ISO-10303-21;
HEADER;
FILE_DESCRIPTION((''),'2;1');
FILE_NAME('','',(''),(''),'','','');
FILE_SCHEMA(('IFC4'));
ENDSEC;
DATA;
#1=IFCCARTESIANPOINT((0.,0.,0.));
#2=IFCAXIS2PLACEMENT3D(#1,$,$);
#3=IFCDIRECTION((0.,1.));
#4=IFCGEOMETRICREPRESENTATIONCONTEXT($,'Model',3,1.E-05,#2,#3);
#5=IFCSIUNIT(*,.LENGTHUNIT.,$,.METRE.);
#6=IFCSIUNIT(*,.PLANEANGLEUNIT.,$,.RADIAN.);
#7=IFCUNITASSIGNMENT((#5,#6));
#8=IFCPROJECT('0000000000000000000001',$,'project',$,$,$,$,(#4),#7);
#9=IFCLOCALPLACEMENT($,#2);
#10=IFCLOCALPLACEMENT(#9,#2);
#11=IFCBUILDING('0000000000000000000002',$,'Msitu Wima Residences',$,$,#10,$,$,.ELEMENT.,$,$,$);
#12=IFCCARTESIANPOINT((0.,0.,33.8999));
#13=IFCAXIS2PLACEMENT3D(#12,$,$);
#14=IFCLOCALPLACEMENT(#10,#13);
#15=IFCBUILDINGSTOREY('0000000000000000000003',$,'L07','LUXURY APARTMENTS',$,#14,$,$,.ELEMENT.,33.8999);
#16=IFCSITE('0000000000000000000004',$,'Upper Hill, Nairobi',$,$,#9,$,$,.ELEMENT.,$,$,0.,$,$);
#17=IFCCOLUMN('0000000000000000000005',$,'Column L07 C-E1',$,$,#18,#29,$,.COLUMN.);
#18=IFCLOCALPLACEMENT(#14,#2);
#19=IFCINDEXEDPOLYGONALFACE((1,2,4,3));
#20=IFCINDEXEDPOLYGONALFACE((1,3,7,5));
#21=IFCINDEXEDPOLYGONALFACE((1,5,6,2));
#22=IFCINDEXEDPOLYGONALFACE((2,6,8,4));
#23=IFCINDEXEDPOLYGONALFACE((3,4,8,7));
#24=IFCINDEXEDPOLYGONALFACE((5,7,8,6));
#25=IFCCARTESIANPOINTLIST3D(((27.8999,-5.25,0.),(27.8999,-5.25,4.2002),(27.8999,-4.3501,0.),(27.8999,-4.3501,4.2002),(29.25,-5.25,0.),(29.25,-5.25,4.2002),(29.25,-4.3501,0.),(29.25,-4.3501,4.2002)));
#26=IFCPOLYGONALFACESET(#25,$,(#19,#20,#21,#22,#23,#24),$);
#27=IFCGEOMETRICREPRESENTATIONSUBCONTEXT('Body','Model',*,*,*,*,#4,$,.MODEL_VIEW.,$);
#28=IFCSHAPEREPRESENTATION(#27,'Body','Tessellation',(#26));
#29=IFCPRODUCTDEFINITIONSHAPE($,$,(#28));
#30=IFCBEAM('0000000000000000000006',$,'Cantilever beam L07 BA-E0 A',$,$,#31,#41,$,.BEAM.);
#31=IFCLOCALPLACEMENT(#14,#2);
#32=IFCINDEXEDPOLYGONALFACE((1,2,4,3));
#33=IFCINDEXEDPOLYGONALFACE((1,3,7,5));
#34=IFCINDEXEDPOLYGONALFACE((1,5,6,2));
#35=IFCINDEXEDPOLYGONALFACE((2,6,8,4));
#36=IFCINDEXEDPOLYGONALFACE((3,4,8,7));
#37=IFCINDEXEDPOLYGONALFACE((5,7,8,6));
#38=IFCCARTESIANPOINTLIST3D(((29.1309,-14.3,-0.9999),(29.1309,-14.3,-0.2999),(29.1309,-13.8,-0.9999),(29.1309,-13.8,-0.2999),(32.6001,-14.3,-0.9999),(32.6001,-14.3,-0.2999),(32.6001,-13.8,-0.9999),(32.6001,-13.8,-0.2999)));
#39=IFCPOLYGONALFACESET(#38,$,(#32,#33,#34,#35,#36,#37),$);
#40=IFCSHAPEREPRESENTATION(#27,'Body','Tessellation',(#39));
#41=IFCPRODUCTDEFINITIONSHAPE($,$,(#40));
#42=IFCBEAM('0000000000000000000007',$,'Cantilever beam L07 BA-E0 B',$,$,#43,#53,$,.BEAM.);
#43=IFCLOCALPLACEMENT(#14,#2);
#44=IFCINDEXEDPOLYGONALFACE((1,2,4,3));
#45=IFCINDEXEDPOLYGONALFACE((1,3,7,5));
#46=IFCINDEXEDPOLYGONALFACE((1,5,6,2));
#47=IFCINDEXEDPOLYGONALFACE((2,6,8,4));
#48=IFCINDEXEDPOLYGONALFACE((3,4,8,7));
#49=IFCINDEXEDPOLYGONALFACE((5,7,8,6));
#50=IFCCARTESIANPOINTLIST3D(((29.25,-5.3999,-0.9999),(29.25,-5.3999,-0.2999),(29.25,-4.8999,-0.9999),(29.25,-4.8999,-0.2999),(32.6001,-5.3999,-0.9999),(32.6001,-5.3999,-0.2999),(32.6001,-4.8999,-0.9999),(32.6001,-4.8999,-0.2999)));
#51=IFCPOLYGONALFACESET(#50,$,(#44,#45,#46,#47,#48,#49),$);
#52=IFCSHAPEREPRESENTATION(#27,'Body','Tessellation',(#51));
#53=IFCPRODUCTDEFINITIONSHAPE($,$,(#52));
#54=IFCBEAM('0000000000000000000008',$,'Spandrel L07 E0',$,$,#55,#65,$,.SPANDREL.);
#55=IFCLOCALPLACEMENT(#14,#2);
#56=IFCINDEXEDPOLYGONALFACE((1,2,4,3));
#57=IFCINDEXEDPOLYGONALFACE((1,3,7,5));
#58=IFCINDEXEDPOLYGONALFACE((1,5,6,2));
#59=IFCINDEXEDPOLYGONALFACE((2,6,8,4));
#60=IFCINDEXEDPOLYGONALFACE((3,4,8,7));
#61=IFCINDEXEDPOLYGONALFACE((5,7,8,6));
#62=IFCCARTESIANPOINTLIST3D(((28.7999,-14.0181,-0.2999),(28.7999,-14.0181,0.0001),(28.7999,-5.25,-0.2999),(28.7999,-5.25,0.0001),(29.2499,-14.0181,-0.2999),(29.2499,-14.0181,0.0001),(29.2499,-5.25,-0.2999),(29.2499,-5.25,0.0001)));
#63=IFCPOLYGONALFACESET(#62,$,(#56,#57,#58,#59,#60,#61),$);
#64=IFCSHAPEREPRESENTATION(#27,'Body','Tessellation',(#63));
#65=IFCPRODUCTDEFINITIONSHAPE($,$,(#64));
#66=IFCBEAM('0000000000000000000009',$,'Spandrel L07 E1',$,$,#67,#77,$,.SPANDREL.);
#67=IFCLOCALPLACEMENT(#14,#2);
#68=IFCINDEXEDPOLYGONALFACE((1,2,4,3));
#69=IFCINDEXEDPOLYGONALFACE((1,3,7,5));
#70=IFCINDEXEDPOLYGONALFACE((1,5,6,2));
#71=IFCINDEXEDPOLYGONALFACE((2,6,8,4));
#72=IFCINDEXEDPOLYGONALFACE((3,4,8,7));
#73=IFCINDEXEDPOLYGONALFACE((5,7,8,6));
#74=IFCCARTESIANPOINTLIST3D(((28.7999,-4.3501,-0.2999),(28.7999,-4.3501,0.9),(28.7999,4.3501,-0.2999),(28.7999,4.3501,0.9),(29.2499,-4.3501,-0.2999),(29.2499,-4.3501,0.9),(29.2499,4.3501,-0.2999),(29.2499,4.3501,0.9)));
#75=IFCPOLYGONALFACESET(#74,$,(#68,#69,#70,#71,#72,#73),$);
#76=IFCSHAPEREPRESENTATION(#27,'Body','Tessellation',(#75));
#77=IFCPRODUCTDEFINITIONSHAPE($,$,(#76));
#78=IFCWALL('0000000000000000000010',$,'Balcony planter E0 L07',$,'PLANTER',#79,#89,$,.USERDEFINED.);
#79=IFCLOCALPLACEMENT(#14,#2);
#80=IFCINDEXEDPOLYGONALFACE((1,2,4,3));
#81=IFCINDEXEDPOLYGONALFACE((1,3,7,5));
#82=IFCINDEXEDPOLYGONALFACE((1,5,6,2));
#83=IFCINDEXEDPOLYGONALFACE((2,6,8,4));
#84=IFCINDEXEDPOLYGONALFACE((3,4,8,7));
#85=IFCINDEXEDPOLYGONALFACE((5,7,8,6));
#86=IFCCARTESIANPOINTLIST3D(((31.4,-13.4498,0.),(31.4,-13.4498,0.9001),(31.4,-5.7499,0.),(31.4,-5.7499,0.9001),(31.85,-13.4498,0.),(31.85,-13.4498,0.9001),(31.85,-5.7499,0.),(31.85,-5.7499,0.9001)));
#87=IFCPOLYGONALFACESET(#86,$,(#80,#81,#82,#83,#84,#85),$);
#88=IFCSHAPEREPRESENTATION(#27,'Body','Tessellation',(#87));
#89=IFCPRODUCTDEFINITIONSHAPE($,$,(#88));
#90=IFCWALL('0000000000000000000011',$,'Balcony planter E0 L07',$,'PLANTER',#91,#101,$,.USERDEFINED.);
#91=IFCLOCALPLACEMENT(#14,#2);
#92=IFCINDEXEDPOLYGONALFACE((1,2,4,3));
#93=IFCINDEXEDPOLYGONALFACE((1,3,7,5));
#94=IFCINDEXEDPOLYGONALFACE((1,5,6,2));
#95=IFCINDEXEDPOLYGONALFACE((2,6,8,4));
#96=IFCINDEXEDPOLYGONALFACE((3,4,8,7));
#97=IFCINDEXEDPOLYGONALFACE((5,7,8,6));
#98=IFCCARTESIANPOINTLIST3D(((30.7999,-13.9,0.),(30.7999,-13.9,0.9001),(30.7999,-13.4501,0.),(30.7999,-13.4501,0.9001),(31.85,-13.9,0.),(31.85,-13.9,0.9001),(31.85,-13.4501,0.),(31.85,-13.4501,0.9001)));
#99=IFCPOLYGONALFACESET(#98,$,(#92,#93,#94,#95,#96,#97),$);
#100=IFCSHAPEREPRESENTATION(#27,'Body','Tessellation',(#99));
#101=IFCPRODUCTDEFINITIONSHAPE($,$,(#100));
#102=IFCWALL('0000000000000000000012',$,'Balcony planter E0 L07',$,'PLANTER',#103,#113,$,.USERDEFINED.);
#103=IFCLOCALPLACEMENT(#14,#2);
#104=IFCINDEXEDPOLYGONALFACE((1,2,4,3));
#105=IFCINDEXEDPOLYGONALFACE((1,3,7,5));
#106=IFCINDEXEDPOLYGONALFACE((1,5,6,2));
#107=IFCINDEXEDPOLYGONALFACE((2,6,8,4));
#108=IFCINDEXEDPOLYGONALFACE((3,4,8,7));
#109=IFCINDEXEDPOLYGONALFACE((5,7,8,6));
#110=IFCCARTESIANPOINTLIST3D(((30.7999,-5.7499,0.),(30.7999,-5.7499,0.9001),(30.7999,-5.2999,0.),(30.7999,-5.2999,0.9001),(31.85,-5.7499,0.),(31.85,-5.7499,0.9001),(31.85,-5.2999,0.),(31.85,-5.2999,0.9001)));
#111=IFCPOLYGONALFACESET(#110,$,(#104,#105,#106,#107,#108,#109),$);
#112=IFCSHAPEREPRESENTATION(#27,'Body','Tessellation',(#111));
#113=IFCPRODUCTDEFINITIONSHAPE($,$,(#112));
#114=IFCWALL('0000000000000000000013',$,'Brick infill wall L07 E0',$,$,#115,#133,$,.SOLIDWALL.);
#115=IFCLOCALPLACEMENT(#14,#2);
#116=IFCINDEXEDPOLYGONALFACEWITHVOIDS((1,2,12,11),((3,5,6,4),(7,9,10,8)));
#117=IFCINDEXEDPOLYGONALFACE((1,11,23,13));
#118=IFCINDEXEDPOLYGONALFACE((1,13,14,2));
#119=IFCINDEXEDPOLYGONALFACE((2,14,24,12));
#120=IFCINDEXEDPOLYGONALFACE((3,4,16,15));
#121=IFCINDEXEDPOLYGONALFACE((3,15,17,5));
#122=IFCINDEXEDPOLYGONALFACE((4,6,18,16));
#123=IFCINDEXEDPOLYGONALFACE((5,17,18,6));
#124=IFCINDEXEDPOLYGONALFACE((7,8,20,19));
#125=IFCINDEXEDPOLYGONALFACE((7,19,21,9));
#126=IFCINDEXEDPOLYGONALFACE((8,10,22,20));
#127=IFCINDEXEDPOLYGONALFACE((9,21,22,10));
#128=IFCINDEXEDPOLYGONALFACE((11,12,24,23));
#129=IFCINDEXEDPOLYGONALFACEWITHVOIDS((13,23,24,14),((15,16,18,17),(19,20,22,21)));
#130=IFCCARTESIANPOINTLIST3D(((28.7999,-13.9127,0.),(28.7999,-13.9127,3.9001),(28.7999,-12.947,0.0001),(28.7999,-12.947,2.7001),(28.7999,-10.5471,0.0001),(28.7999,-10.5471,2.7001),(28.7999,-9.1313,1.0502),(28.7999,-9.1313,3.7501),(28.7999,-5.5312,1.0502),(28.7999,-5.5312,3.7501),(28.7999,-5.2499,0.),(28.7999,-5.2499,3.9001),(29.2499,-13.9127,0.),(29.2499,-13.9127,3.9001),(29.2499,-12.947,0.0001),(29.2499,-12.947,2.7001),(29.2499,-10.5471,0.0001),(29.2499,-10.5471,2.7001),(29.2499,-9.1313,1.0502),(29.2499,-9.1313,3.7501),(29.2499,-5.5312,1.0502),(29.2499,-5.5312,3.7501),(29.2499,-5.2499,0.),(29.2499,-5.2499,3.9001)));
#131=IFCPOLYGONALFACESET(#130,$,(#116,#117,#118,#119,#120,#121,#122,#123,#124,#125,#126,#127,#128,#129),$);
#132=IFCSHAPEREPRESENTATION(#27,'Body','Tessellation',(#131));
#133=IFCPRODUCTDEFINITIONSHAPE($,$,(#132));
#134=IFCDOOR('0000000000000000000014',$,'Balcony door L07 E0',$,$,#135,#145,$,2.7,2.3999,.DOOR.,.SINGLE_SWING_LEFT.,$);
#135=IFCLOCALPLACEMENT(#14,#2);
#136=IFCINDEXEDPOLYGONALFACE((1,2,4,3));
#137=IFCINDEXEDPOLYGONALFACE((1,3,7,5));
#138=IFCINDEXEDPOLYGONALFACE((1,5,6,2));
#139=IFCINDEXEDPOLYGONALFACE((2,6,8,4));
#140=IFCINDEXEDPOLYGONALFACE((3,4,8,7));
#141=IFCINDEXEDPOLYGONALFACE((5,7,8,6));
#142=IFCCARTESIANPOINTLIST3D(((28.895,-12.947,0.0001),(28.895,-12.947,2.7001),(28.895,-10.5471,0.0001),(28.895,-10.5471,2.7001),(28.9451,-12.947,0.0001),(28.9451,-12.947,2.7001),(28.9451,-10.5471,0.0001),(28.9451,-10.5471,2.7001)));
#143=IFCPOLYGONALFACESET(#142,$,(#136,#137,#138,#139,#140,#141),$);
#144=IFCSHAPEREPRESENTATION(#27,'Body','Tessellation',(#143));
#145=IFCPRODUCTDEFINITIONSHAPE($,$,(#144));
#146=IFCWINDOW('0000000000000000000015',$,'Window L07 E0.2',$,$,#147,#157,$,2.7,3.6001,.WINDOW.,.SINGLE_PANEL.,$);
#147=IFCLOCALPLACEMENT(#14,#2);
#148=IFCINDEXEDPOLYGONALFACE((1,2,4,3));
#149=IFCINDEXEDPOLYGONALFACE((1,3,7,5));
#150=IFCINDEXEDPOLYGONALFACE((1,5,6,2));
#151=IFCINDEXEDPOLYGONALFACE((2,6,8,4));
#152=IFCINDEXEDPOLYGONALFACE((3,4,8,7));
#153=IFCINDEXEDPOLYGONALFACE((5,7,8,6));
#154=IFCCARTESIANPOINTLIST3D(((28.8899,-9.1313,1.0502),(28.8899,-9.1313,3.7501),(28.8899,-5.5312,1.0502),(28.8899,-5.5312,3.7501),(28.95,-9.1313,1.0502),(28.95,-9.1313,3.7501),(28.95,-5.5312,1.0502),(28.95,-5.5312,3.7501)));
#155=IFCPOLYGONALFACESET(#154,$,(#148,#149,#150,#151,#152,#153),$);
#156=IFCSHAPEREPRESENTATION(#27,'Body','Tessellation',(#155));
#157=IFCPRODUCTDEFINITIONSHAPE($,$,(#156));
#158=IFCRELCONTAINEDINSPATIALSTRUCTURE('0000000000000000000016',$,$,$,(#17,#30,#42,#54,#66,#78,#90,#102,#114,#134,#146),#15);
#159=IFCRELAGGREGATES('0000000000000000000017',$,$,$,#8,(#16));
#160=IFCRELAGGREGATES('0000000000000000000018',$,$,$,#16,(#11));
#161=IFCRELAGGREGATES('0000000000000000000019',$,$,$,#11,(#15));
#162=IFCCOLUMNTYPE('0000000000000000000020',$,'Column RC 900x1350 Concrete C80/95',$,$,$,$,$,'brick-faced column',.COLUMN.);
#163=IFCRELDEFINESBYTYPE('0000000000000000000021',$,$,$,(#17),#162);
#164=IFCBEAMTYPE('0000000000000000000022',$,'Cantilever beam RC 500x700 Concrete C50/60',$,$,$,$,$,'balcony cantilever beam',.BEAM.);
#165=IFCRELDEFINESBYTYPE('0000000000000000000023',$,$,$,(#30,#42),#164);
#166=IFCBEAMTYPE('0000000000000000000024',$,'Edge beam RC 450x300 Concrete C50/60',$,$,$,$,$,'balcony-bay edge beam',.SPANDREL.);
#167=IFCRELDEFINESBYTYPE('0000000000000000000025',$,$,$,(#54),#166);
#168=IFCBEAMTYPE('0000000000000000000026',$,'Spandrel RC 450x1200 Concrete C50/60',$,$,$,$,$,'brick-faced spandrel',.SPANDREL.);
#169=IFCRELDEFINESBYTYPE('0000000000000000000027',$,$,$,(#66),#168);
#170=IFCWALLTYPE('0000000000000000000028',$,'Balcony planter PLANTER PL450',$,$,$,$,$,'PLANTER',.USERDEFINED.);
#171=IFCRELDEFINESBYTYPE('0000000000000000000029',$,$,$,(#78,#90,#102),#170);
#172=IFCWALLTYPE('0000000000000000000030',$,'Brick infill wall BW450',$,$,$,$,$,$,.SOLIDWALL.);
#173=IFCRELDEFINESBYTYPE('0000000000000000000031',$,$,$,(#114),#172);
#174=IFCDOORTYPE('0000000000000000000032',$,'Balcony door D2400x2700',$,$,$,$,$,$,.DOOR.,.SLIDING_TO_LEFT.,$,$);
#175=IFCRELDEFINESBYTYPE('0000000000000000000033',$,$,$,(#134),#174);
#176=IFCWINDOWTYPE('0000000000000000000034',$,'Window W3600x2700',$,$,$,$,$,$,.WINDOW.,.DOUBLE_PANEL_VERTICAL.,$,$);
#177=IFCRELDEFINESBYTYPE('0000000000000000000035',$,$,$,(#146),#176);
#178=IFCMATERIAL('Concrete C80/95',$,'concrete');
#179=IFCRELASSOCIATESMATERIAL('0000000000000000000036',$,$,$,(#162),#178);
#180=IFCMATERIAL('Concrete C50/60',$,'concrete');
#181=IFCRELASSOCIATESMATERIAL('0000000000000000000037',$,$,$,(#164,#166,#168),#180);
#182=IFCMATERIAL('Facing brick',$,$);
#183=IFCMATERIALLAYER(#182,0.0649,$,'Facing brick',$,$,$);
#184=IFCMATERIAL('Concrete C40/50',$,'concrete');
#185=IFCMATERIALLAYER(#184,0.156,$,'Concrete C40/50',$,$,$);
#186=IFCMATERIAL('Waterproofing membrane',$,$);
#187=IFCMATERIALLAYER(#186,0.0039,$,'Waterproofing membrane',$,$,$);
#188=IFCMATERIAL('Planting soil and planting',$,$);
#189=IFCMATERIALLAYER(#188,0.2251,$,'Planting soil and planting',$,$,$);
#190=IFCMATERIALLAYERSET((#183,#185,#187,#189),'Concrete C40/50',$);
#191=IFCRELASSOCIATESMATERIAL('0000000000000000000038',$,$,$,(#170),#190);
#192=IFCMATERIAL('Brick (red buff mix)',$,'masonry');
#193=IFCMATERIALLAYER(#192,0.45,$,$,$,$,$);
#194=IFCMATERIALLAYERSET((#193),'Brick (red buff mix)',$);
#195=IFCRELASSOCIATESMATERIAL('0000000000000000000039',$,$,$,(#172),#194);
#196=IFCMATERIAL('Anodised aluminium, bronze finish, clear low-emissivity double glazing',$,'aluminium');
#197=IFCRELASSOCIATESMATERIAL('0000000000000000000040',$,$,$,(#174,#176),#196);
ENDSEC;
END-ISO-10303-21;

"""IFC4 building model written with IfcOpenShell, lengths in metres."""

from ifc_helpers import new_model, si_unit, direction, frame, frame_2d, origin, origin_2d, place, context, subcontext, project, spatial, rectangle, extrude, material, layer, layer_set, material_profile, profile_set, type_object, element, fill, save


model = new_model("IFC4")

# Units and contexts
model_context = context("Model", 3, precision=1e-05, world=origin(), true_north=direction((0.0, 1.0)))
body_context = subcontext(model_context, "Body", "Model", "MODEL_VIEW")
ifc_project = project(units=[si_unit("LENGTHUNIT", "METRE"), si_unit("PLANEANGLEUNIT", "RADIAN")], contexts=[model_context])

# Site, building, storey
site_placement = place(None, origin())
site = spatial("IfcSite", under=ifc_project, at=site_placement, Name="Upper Hill, Nairobi", CompositionType="ELEMENT", RefElevation=0.0)
building_placement = place(site_placement, origin())
building = spatial("IfcBuilding", under=site, at=building_placement, Name="Msitu Wima Residences", CompositionType="ELEMENT")
storey_placement = place(building_placement, frame((0.0, 0.0, 33.8999)))
storey = spatial("IfcBuildingStorey", under=building, at=storey_placement, Name="L07", Description="LUXURY APARTMENTS", CompositionType="ELEMENT", Elevation=33.8999)

# Column
ifc_material_1 = material(Name="Concrete C80/95", Category="concrete")
ifc_material_profile_1 = material_profile(ifc_material_1, rectangle(XDim=0.8999, YDim=1.3501, at=origin_2d()), Name="RC 900x1350")
ifc_profile_set_1 = profile_set([ifc_material_profile_1], Name="Concrete C80/95")
column_type = type_object("IfcColumnType", Name="Column RC 900x1350 Concrete C80/95", ElementType="brick-faced column", PredefinedType="COLUMN", material=ifc_profile_set_1)
column_placement = place(storey_placement, frame((28.575, -4.8, 0.0), z_axis=(0.0, 0.0, 1.0), x_axis=(0.0, 1.0, 0.0)))
element("IfcColumn", 1, at=column_placement, inside=storey, type_object=column_type, Name="Column L07 C-E1", PredefinedType="COLUMN", context=body_context, shape_type="SweptSolid", body=[
    extrude(rectangle(XDim=0.8999, YDim=1.3501, at=origin_2d()), origin(), (0.0, 0.0, 1.0), 4.2002),
])

# Beams
ifc_material_2 = material(Name="Concrete C50/60", Category="concrete")
ifc_material_profile_2 = material_profile(ifc_material_2, rectangle(XDim=0.5, YDim=0.7, at=origin_2d()), Name="RC 500x700")
ifc_profile_set_2 = profile_set([ifc_material_profile_2], Name="Concrete C50/60")
beam_type_1 = type_object("IfcBeamType", Name="Cantilever beam RC 500x700 Concrete C50/60", ElementType="balcony cantilever beam", PredefinedType="BEAM", material=ifc_profile_set_2)
beam_1_placement = place(storey_placement, frame((29.1309, -14.05, -0.6499), z_axis=(1.0, 0.0, 0.0), x_axis=(0.0, 1.0, 0.0)))
element("IfcBeam", 2, at=beam_1_placement, inside=storey, type_object=beam_type_1, Name="Cantilever beam L07 BA-E0 A", PredefinedType="BEAM", context=body_context, shape_type="SweptSolid", body=[
    extrude(rectangle(XDim=0.5, YDim=0.7, at=origin_2d()), origin(), (0.0, 0.0, 1.0), 3.4692),
])
beam_2_placement = place(storey_placement, frame((29.25, -5.1499, -0.6499), z_axis=(1.0, 0.0, 0.0), x_axis=(0.0, 1.0, 0.0)))
element("IfcBeam", 3, at=beam_2_placement, inside=storey, type_object=beam_type_1, Name="Cantilever beam L07 BA-E0 B", PredefinedType="BEAM", context=body_context, shape_type="SweptSolid", body=[
    extrude(rectangle(XDim=0.5, YDim=0.7, at=origin_2d()), origin(), (0.0, 0.0, 1.0), 3.3501),
])
ifc_material_profile_3 = material_profile(ifc_material_2, rectangle(XDim=0.45, YDim=0.3, at=origin_2d()), Name="RC 450x300")
ifc_profile_set_3 = profile_set([ifc_material_profile_3], Name="Concrete C50/60")
beam_type_2 = type_object("IfcBeamType", Name="Edge beam RC 450x300 Concrete C50/60", ElementType="balcony-bay edge beam", PredefinedType="SPANDREL", material=ifc_profile_set_3)
beam_3_placement = place(storey_placement, frame((29.0249, -14.0181, -0.1499), z_axis=(0.0, 1.0, 0.0), x_axis=(-1.0, 0.0, 0.0)))
element("IfcBeam", 4, at=beam_3_placement, inside=storey, type_object=beam_type_2, Name="Spandrel L07 E0", PredefinedType="SPANDREL", context=body_context, shape_type="SweptSolid", body=[
    extrude(rectangle(XDim=0.45, YDim=0.3, at=origin_2d()), origin(), (0.0, 0.0, 1.0), 8.7681),
])
ifc_material_profile_4 = material_profile(ifc_material_2, rectangle(XDim=0.45, YDim=1.2, at=origin_2d()), Name="RC 450x1200")
ifc_profile_set_4 = profile_set([ifc_material_profile_4], Name="Concrete C50/60")
beam_type_3 = type_object("IfcBeamType", Name="Spandrel RC 450x1200 Concrete C50/60", ElementType="brick-faced spandrel", PredefinedType="SPANDREL", material=ifc_profile_set_4)
beam_4_placement = place(storey_placement, frame((29.0249, -4.3501, 0.3), z_axis=(0.0, 1.0, 0.0), x_axis=(-1.0, 0.0, 0.0)))
element("IfcBeam", 5, at=beam_4_placement, inside=storey, type_object=beam_type_3, Name="Spandrel L07 E1", PredefinedType="SPANDREL", context=body_context, shape_type="SweptSolid", body=[
    extrude(rectangle(XDim=0.45, YDim=1.2, at=origin_2d()), origin(), (0.0, 0.0, 1.0), 8.7002),
])

# Walls
ifc_material_3 = material(Name="Facing brick")
ifc_layer_1 = layer(ifc_material_3, 0.0649, Name="Facing brick")
ifc_material_4 = material(Name="Concrete C40/50", Category="concrete")
ifc_layer_2 = layer(ifc_material_4, 0.156, Name="Concrete C40/50")
ifc_material_5 = material(Name="Waterproofing membrane")
ifc_layer_3 = layer(ifc_material_5, 0.0039, Name="Waterproofing membrane")
ifc_material_6 = material(Name="Planting soil and planting")
ifc_layer_4 = layer(ifc_material_6, 0.2251, Name="Planting soil and planting")
ifc_layer_set_1 = layer_set([ifc_layer_1, ifc_layer_2, ifc_layer_3, ifc_layer_4], Name="Concrete C40/50")
wall_type_1 = type_object("IfcWallType", Name="Balcony planter PLANTER PL450", ElementType="PLANTER", PredefinedType="USERDEFINED", material=ifc_layer_set_1)
wall_1_placement = place(storey_placement, frame((31.625, -13.45, 0.0), z_axis=(0.0, 0.0, 1.0), x_axis=(0.0, 1.0, 0.0)))
element("IfcWall", 6, at=wall_1_placement, inside=storey, type_object=wall_type_1, Name="Balcony planter E0 L07", ObjectType="PLANTER", PredefinedType="USERDEFINED", context=body_context, shape_type="SweptSolid", body=[
    extrude(rectangle(XDim=7.7, YDim=0.45, at=frame_2d((3.8501, 0.0))), origin(), (0.0, 0.0, 1.0), 0.9001),
])
for number, where, z_axis, x_axis, name in (
    (7, (30.8, -13.675, 0.0), (0.0, 0.0, 1.0), (1.0, 0.0, 0.0), "Balcony planter E0 L07"),
    (8, (30.8, -5.5249, 0.0), (0.0, 0.0, 1.0), (1.0, 0.0, 0.0), "Balcony planter E0 L07"),
):
    element("IfcWall", number, at=place(storey_placement, frame(where, z_axis=z_axis, x_axis=x_axis)), inside=storey, type_object=wall_type_1, Name=name, ObjectType="PLANTER", PredefinedType="USERDEFINED", context=body_context, shape_type="SweptSolid", body=[
        extrude(rectangle(XDim=1.05, YDim=0.45, at=frame_2d((0.5249, 0.0))), origin(), (0.0, 0.0, 1.0), 0.9001),
    ])

# Wall, openings, door, window
ifc_material_7 = material(Name="Brick (red buff mix)", Category="masonry")
ifc_layer_5 = layer(ifc_material_7, 0.45)
ifc_layer_set_2 = layer_set([ifc_layer_5], Name="Brick (red buff mix)")
wall_type_2 = type_object("IfcWallType", Name="Brick infill wall BW450", PredefinedType="SOLIDWALL", material=ifc_layer_set_2)
wall_2_placement = place(storey_placement, frame((29.0249, -13.9128, 0.0), z_axis=(0.0, 0.0, 1.0), x_axis=(0.0, 1.0, 0.0)))
wall_2 = element("IfcWall", 9, at=wall_2_placement, inside=storey, type_object=wall_type_2, Name="Brick infill wall L07 E0", PredefinedType="SOLIDWALL", context=body_context, shape_type="SweptSolid", body=[
    extrude(rectangle(XDim=8.6628, YDim=0.45, at=frame_2d((4.3315, 0.0))), origin(), (0.0, 0.0, 1.0), 3.9001),
])
opening_1_placement = place(wall_2_placement, frame((0.9658, 0.0, 0.0)))
opening_1 = element("IfcOpeningElement", 10, at=opening_1_placement, cuts=wall_2, PredefinedType="OPENING", context=body_context, shape_type="SweptSolid", body=[
    extrude(rectangle(XDim=2.3999, YDim=2.7, at=frame_2d((1.2, 1.3501))), frame((0.0, 0.2349, 0.0), z_axis=(0.0, -1.0, 0.0), x_axis=(1.0, 0.0, 0.0)), (0.0, 0.0, 1.0), 0.47),
])
opening_2_placement = place(wall_2_placement, frame((4.7815, 0.0, 1.05)))
opening_2 = element("IfcOpeningElement", 11, at=opening_2_placement, cuts=wall_2, PredefinedType="OPENING", context=body_context, shape_type="SweptSolid", body=[
    extrude(rectangle(XDim=3.6001, YDim=2.7, at=frame_2d((1.8, 1.3501))), frame((0.0, 0.2349, 0.0), z_axis=(0.0, -1.0, 0.0), x_axis=(1.0, 0.0, 0.0)), (0.0, 0.0, 1.0), 0.47),
])
ifc_material_8 = material(Name="Anodised aluminium, bronze finish, clear low-emissivity double glazing", Category="aluminium")
door_type = type_object("IfcDoorType", Name="Balcony door D2400x2700", OperationType="SLIDING_TO_LEFT", PredefinedType="DOOR", material=ifc_material_8)
door_placement = place(opening_1_placement, origin())
door = element("IfcDoor", 12, at=door_placement, inside=storey, type_object=door_type, Name="Balcony door L07 E0", OperationType="SINGLE_SWING_LEFT", OverallHeight=2.7, OverallWidth=2.3999, PredefinedType="DOOR", context=body_context, shape_type="SweptSolid", body=[
    extrude(rectangle(XDim=2.3999, YDim=2.7, at=frame_2d((1.2, 1.3501))), frame((0.0, 0.1299, 0.0), z_axis=(0.0, -1.0, 0.0), x_axis=(1.0, 0.0, 0.0)), (0.0, 0.0, 1.0), 0.05),
])
fill(opening_1, door)
window_type = type_object("IfcWindowType", Name="Window W3600x2700", PartitioningType="DOUBLE_PANEL_VERTICAL", PredefinedType="WINDOW", material=ifc_material_8)
window_1_placement = place(opening_2_placement, origin())
window_1 = element("IfcWindow", 13, at=window_1_placement, inside=storey, type_object=window_type, Name="Window L07 E0.2", OverallHeight=2.7, OverallWidth=3.6001, PartitioningType="SINGLE_PANEL", PredefinedType="WINDOW", context=body_context, shape_type="SweptSolid", body=[
    extrude(rectangle(XDim=3.6001, YDim=2.7, at=frame_2d((1.8, 1.3501))), frame((0.0, 0.135, 0.0), z_axis=(0.0, -1.0, 0.0), x_axis=(1.0, 0.0, 0.0)), (0.0, 0.0, 1.0), 0.0601),
])
fill(opening_2, window_1)

save(model, "model.ifc")
